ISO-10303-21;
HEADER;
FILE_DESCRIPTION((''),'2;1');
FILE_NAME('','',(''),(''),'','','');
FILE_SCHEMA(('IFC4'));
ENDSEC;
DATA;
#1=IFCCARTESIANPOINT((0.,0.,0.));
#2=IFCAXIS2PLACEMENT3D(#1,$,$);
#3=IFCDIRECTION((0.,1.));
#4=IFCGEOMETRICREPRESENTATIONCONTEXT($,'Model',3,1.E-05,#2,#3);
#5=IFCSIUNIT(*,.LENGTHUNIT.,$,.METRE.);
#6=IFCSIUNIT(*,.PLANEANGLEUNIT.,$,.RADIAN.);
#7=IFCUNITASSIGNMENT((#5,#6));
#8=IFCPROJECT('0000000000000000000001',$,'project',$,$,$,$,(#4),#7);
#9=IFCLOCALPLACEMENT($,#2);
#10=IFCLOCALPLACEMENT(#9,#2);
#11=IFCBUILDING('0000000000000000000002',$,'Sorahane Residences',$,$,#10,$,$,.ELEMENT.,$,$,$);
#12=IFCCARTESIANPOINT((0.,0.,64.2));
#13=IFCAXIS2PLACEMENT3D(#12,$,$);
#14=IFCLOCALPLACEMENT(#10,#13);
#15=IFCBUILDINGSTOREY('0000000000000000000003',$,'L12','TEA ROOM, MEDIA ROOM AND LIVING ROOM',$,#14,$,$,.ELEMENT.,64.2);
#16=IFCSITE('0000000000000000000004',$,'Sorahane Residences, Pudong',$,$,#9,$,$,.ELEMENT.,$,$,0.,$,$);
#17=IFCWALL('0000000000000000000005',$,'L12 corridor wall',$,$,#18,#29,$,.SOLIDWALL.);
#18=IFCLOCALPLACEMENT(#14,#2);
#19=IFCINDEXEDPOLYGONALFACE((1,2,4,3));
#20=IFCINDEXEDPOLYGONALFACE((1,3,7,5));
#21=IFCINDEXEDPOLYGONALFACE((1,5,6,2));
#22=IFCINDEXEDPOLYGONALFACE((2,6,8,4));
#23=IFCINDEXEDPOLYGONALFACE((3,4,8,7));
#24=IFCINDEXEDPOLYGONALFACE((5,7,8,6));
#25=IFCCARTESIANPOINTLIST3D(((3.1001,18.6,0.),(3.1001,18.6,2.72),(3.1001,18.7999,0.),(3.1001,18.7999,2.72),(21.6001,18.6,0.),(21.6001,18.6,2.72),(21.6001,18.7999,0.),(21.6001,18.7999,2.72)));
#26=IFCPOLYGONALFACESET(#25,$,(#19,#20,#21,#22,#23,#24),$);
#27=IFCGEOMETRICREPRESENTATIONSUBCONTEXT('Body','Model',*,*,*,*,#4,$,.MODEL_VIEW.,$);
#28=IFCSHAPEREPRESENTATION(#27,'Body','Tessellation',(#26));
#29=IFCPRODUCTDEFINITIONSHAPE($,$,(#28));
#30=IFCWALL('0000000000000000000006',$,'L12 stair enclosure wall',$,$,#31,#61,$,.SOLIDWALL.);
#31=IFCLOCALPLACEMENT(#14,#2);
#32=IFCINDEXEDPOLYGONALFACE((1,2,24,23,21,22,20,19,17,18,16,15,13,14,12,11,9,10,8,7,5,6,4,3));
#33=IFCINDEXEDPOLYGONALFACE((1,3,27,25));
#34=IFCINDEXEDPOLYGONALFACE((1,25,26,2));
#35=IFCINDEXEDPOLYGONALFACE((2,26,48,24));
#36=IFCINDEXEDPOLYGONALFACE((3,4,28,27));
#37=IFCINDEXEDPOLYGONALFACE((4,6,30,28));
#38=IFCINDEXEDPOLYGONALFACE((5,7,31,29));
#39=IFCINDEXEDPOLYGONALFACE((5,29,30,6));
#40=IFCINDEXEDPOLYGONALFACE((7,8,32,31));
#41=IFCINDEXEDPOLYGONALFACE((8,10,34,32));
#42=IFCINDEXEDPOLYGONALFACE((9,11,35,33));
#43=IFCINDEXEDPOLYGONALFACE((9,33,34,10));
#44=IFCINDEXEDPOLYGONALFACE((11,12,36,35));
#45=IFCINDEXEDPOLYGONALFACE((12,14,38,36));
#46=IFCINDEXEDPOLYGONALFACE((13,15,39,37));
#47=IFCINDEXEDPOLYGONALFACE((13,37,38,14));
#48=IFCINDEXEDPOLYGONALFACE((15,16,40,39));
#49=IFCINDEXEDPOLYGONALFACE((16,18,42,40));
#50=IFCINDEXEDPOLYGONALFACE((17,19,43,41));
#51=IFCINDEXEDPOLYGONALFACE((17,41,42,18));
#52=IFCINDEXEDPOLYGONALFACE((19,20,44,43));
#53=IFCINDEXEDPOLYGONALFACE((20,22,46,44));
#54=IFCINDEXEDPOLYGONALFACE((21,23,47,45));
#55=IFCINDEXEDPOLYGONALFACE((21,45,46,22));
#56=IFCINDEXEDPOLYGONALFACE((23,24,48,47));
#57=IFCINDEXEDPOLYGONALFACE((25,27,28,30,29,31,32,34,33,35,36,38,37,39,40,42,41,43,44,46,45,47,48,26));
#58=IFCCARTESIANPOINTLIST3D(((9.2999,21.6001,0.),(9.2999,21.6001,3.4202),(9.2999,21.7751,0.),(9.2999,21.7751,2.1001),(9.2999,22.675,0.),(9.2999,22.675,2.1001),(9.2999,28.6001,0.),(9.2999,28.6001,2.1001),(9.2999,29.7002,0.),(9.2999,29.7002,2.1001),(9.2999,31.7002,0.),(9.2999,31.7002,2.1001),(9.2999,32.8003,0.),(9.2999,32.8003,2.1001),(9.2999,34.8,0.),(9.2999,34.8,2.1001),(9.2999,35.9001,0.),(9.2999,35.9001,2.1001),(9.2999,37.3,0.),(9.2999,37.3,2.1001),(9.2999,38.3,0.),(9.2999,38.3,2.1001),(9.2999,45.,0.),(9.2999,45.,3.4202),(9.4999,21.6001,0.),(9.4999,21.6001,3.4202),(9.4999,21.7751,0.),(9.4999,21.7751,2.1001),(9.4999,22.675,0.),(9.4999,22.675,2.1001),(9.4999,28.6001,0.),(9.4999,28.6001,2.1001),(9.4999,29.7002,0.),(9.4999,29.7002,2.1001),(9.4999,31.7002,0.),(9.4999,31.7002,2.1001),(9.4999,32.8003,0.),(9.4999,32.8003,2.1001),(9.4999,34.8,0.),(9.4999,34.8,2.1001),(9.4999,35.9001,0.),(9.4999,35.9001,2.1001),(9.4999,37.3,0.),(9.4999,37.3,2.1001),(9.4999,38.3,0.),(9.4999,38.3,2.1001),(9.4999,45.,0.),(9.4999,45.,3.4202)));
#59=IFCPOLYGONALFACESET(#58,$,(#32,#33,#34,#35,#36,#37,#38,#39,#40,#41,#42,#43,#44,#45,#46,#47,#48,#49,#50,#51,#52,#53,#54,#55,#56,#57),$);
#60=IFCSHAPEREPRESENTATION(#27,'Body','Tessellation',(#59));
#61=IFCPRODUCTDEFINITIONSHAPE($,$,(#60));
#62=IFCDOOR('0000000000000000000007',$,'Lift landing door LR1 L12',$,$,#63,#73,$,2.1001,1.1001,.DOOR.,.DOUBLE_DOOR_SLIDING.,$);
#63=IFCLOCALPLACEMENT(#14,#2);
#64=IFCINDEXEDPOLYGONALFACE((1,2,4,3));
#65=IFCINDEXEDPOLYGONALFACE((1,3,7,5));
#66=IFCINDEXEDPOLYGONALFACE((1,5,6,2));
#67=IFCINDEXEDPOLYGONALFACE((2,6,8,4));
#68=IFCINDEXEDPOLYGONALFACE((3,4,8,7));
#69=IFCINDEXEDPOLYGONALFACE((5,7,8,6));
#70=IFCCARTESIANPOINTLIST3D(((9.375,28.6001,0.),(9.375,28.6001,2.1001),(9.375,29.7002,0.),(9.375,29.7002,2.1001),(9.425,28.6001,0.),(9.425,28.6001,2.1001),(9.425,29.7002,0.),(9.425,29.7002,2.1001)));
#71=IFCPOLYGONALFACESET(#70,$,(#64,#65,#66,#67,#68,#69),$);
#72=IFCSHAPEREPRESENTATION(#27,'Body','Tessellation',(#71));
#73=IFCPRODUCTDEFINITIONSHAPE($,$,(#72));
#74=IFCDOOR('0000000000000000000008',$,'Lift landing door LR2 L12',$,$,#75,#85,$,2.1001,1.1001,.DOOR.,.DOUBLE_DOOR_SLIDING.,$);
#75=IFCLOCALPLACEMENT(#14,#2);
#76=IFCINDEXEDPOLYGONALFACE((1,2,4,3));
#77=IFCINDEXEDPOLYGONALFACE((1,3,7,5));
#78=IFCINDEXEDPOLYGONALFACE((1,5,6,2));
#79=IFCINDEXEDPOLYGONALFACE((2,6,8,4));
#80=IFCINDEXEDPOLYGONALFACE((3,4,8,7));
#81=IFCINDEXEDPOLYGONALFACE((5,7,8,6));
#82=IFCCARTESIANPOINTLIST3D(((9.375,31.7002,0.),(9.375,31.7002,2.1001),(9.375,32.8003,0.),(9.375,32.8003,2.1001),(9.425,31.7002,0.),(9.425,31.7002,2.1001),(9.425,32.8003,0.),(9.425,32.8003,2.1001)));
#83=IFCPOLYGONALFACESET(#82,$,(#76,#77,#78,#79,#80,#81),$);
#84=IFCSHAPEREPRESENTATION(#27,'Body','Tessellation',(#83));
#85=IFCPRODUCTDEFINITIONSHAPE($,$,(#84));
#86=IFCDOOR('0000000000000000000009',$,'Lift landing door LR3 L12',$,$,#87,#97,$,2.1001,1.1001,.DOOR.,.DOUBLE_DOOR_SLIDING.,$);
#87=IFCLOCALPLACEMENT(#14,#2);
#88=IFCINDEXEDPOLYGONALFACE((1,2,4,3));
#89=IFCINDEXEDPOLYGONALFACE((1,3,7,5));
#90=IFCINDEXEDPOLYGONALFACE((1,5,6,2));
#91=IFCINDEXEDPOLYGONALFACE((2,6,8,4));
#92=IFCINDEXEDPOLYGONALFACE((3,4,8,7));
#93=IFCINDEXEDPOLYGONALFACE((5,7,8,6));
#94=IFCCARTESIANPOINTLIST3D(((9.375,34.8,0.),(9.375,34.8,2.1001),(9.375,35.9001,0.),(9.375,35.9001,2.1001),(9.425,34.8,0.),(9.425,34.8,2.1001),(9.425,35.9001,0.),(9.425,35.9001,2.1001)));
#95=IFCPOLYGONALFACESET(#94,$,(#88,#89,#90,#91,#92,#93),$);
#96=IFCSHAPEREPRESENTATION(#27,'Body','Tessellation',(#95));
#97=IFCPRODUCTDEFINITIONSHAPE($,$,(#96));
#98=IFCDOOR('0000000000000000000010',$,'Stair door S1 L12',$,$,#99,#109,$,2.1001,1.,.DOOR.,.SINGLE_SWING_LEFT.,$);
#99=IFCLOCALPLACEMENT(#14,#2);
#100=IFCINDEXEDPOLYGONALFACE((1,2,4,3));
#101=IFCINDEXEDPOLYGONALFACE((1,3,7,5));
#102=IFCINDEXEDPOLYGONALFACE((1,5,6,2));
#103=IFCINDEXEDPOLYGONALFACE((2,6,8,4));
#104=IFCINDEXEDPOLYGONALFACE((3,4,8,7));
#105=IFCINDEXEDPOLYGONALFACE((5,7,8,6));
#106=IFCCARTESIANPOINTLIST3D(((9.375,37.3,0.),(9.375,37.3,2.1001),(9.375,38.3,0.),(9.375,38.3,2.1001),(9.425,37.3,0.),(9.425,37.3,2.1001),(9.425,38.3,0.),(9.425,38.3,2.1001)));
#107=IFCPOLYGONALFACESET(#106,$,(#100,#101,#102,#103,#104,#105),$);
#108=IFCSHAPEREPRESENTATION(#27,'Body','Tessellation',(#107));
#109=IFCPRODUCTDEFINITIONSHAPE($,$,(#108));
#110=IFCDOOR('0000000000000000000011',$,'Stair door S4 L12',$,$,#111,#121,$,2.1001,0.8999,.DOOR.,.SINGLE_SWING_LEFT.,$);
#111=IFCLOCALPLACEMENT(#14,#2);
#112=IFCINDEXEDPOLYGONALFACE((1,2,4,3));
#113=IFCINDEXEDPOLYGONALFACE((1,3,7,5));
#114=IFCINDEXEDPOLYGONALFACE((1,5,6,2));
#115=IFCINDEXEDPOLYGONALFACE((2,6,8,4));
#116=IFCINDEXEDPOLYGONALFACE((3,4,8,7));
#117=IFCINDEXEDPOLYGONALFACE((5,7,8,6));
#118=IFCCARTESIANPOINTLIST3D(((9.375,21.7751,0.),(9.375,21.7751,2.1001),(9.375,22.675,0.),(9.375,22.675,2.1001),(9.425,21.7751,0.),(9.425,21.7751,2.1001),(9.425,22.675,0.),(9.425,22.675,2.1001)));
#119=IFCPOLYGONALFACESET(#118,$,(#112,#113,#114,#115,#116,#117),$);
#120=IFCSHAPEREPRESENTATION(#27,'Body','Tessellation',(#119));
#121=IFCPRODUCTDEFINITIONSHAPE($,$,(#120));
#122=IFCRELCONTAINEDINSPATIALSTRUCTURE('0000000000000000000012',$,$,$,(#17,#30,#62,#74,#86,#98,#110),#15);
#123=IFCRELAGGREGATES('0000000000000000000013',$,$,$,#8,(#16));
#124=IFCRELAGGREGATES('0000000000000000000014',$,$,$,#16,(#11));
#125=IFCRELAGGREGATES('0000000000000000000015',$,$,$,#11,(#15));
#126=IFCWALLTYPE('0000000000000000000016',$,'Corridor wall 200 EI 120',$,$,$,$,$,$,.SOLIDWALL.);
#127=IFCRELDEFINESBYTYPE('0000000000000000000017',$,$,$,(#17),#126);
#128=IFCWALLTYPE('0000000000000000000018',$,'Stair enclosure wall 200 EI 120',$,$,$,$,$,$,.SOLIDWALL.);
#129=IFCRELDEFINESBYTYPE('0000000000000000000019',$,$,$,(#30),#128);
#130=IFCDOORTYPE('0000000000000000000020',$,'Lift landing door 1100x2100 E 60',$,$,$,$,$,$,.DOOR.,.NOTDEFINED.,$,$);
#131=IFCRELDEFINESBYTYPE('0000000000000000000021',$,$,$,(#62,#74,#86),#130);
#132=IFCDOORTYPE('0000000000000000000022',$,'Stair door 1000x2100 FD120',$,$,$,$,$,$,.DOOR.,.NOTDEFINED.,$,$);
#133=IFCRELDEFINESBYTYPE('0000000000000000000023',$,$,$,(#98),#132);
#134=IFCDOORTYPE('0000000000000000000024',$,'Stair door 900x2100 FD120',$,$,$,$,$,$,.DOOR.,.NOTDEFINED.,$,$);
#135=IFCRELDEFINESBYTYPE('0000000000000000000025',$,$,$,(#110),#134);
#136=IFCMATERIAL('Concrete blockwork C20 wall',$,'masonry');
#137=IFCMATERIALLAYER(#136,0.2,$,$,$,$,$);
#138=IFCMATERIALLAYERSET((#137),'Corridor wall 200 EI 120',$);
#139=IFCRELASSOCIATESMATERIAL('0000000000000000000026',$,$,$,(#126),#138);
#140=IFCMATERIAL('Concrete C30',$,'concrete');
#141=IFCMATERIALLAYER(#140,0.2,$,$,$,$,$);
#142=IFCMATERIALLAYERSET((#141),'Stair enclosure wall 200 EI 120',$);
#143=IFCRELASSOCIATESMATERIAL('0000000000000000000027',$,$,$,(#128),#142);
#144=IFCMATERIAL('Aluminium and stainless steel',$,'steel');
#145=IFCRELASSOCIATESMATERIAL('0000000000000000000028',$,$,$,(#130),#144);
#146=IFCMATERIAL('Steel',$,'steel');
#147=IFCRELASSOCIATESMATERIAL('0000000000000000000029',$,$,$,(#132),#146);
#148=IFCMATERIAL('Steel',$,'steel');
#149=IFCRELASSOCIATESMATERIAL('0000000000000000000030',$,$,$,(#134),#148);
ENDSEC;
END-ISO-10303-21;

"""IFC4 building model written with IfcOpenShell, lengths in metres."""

from ifc_helpers import new_model, si_unit, direction, frame, frame_2d, origin, place, context, subcontext, project, spatial, rectangle, extrude, material, layer, layer_set, type_object, element, fill, save


model = new_model("IFC4")

# Units and contexts
model_context = context("Model", 3, precision=1e-05, world=origin(), true_north=direction((0.0, 1.0)))
body_context = subcontext(model_context, "Body", "Model", "MODEL_VIEW")
ifc_project = project(units=[si_unit("LENGTHUNIT", "METRE"), si_unit("PLANEANGLEUNIT", "RADIAN")], contexts=[model_context])

# Site, building, storey
site_placement = place(None, origin())
site = spatial("IfcSite", under=ifc_project, at=site_placement, Name="Sorahane Residences, Pudong", CompositionType="ELEMENT", RefElevation=0.0)
building_placement = place(site_placement, origin())
building = spatial("IfcBuilding", under=site, at=building_placement, Name="Sorahane Residences", CompositionType="ELEMENT")
storey_placement = place(building_placement, frame((0.0, 0.0, 64.2)))
storey = spatial("IfcBuildingStorey", under=building, at=storey_placement, Name="L12", Description="TEA ROOM, MEDIA ROOM AND LIVING ROOM", CompositionType="ELEMENT", Elevation=64.2)

# Wall
ifc_material_1 = material(Name="Concrete blockwork C20 wall", Category="masonry")
ifc_layer_1 = layer(ifc_material_1, 0.2)
ifc_layer_set_1 = layer_set([ifc_layer_1], Name="Corridor wall 200 EI 120")
wall_type_1 = type_object("IfcWallType", Name="Corridor wall 200 EI 120", PredefinedType="SOLIDWALL", material=ifc_layer_set_1)
wall_1_placement = place(storey_placement, frame((3.1001, 18.7, 0.0), z_axis=(0.0, 0.0, 1.0), x_axis=(1.0, 0.0, 0.0)))
element("IfcWall", 1, at=wall_1_placement, inside=storey, type_object=wall_type_1, Name="L12 corridor wall", PredefinedType="SOLIDWALL", context=body_context, shape_type="SweptSolid", body=[
    extrude(rectangle(XDim=18.5, YDim=0.2, at=frame_2d((9.25, 0.0))), origin(), (0.0, 0.0, 1.0), 2.72),
])

# Wall, openings, doors
ifc_material_2 = material(Name="Concrete C30", Category="concrete")
ifc_layer_2 = layer(ifc_material_2, 0.2)
ifc_layer_set_2 = layer_set([ifc_layer_2], Name="Stair enclosure wall 200 EI 120")
wall_type_2 = type_object("IfcWallType", Name="Stair enclosure wall 200 EI 120", PredefinedType="SOLIDWALL", material=ifc_layer_set_2)
wall_2_placement = place(storey_placement, frame((9.3999, 21.6001, 0.0), z_axis=(0.0, 0.0, 1.0), x_axis=(0.0, 1.0, 0.0)))
wall_2 = element("IfcWall", 2, at=wall_2_placement, inside=storey, type_object=wall_type_2, Name="L12 stair enclosure wall", PredefinedType="SOLIDWALL", context=body_context, shape_type="SweptSolid", body=[
    extrude(rectangle(XDim=23.3999, YDim=0.2, at=frame_2d((11.7, 0.0))), origin(), (0.0, 0.0, 1.0), 3.4202),
])
opening_1_placement = place(wall_2_placement, frame((7.0, 0.0, 0.0)))
opening_1 = element("IfcOpeningElement", 3, at=opening_1_placement, cuts=wall_2, PredefinedType="OPENING", context=body_context, shape_type="SweptSolid", body=[
    extrude(rectangle(XDim=1.1001, YDim=2.1001, at=frame_2d((0.55, 1.05))), frame((0.0, 0.1099, 0.0), z_axis=(0.0, -1.0, 0.0), x_axis=(1.0, 0.0, 0.0)), (0.0, 0.0, 1.0), 0.22),
])
opening_2_placement = place(wall_2_placement, frame((10.1001, 0.0, 0.0)))
opening_2 = element("IfcOpeningElement", 4, at=opening_2_placement, cuts=wall_2, PredefinedType="OPENING", context=body_context, shape_type="SweptSolid", body=[
    extrude(rectangle(XDim=1.1001, YDim=2.1001, at=frame_2d((0.55, 1.05))), frame((0.0, 0.1099, 0.0), z_axis=(0.0, -1.0, 0.0), x_axis=(1.0, 0.0, 0.0)), (0.0, 0.0, 1.0), 0.22),
])
opening_3_placement = place(wall_2_placement, frame((13.2, 0.0, 0.0)))
opening_3 = element("IfcOpeningElement", 5, at=opening_3_placement, cuts=wall_2, PredefinedType="OPENING", context=body_context, shape_type="SweptSolid", body=[
    extrude(rectangle(XDim=1.1001, YDim=2.1001, at=frame_2d((0.55, 1.05))), frame((0.0, 0.1099, 0.0), z_axis=(0.0, -1.0, 0.0), x_axis=(1.0, 0.0, 0.0)), (0.0, 0.0, 1.0), 0.22),
])
opening_4_placement = place(wall_2_placement, frame((15.7, 0.0, 0.0)))
opening_4 = element("IfcOpeningElement", 6, at=opening_4_placement, cuts=wall_2, PredefinedType="OPENING", context=body_context, shape_type="SweptSolid", body=[
    extrude(rectangle(XDim=1.0, YDim=2.1001, at=frame_2d((0.5, 1.05))), frame((0.0, 0.1099, 0.0), z_axis=(0.0, -1.0, 0.0), x_axis=(1.0, 0.0, 0.0)), (0.0, 0.0, 1.0), 0.22),
])
opening_5_placement = place(wall_2_placement, frame((0.175, 0.0, 0.0)))
opening_5 = element("IfcOpeningElement", 7, at=opening_5_placement, cuts=wall_2, PredefinedType="OPENING", context=body_context, shape_type="SweptSolid", body=[
    extrude(rectangle(XDim=0.8999, YDim=2.1001, at=frame_2d((0.45, 1.05))), frame((0.0, 0.1099, 0.0), z_axis=(0.0, -1.0, 0.0), x_axis=(1.0, 0.0, 0.0)), (0.0, 0.0, 1.0), 0.22),
])
ifc_material_3 = material(Name="Aluminium and stainless steel", Category="steel")
door_type_1 = type_object("IfcDoorType", Name="Lift landing door 1100x2100 E 60", OperationType="NOTDEFINED", PredefinedType="DOOR", material=ifc_material_3)
door_1_placement = place(opening_1_placement, origin())
door_1 = element("IfcDoor", 8, at=door_1_placement, inside=storey, type_object=door_type_1, Name="Lift landing door LR1 L12", OperationType="DOUBLE_DOOR_SLIDING", OverallHeight=2.1001, OverallWidth=1.1001, PredefinedType="DOOR", context=body_context, shape_type="SweptSolid", body=[
    extrude(rectangle(XDim=1.1001, YDim=2.1001, at=frame_2d((0.55, 1.05))), frame((0.0, 0.0249, 0.0), z_axis=(0.0, -1.0, 0.0), x_axis=(1.0, 0.0, 0.0)), (0.0, 0.0, 1.0), 0.05),
])
fill(opening_1, door_1)
door_2_placement = place(opening_2_placement, origin())
door_2 = element("IfcDoor", 9, at=door_2_placement, inside=storey, type_object=door_type_1, Name="Lift landing door LR2 L12", OperationType="DOUBLE_DOOR_SLIDING", OverallHeight=2.1001, OverallWidth=1.1001, PredefinedType="DOOR", context=body_context, shape_type="SweptSolid", body=[
    extrude(rectangle(XDim=1.1001, YDim=2.1001, at=frame_2d((0.55, 1.05))), frame((0.0, 0.0249, 0.0), z_axis=(0.0, -1.0, 0.0), x_axis=(1.0, 0.0, 0.0)), (0.0, 0.0, 1.0), 0.05),
])
fill(opening_2, door_2)
door_3_placement = place(opening_3_placement, origin())
door_3 = element("IfcDoor", 10, at=door_3_placement, inside=storey, type_object=door_type_1, Name="Lift landing door LR3 L12", OperationType="DOUBLE_DOOR_SLIDING", OverallHeight=2.1001, OverallWidth=1.1001, PredefinedType="DOOR", context=body_context, shape_type="SweptSolid", body=[
    extrude(rectangle(XDim=1.1001, YDim=2.1001, at=frame_2d((0.55, 1.05))), frame((0.0, 0.0249, 0.0), z_axis=(0.0, -1.0, 0.0), x_axis=(1.0, 0.0, 0.0)), (0.0, 0.0, 1.0), 0.05),
])
fill(opening_3, door_3)
ifc_material_4 = material(Name="Steel", Category="steel")
door_type_2 = type_object("IfcDoorType", Name="Stair door 1000x2100 FD120", OperationType="NOTDEFINED", PredefinedType="DOOR", material=ifc_material_4)
door_4_placement = place(opening_4_placement, origin())
door_4 = element("IfcDoor", 11, at=door_4_placement, inside=storey, type_object=door_type_2, Name="Stair door S1 L12", OperationType="SINGLE_SWING_LEFT", OverallHeight=2.1001, OverallWidth=1.0, PredefinedType="DOOR", context=body_context, shape_type="SweptSolid", body=[
    extrude(rectangle(XDim=1.0, YDim=2.1001, at=frame_2d((0.5, 1.05))), frame((0.0, 0.0249, 0.0), z_axis=(0.0, -1.0, 0.0), x_axis=(1.0, 0.0, 0.0)), (0.0, 0.0, 1.0), 0.05),
])
fill(opening_4, door_4)
ifc_material_5 = material(Name="Steel", Category="steel")
door_type_3 = type_object("IfcDoorType", Name="Stair door 900x2100 FD120", OperationType="NOTDEFINED", PredefinedType="DOOR", material=ifc_material_5)
door_5_placement = place(opening_5_placement, origin())
door_5 = element("IfcDoor", 12, at=door_5_placement, inside=storey, type_object=door_type_3, Name="Stair door S4 L12", OperationType="SINGLE_SWING_LEFT", OverallHeight=2.1001, OverallWidth=0.8999, PredefinedType="DOOR", context=body_context, shape_type="SweptSolid", body=[
    extrude(rectangle(XDim=0.8999, YDim=2.1001, at=frame_2d((0.45, 1.05))), frame((0.0, 0.0249, 0.0), z_axis=(0.0, -1.0, 0.0), x_axis=(1.0, 0.0, 0.0)), (0.0, 0.0, 1.0), 0.05),
])
fill(opening_5, door_5)

save(model, "model.ifc")
